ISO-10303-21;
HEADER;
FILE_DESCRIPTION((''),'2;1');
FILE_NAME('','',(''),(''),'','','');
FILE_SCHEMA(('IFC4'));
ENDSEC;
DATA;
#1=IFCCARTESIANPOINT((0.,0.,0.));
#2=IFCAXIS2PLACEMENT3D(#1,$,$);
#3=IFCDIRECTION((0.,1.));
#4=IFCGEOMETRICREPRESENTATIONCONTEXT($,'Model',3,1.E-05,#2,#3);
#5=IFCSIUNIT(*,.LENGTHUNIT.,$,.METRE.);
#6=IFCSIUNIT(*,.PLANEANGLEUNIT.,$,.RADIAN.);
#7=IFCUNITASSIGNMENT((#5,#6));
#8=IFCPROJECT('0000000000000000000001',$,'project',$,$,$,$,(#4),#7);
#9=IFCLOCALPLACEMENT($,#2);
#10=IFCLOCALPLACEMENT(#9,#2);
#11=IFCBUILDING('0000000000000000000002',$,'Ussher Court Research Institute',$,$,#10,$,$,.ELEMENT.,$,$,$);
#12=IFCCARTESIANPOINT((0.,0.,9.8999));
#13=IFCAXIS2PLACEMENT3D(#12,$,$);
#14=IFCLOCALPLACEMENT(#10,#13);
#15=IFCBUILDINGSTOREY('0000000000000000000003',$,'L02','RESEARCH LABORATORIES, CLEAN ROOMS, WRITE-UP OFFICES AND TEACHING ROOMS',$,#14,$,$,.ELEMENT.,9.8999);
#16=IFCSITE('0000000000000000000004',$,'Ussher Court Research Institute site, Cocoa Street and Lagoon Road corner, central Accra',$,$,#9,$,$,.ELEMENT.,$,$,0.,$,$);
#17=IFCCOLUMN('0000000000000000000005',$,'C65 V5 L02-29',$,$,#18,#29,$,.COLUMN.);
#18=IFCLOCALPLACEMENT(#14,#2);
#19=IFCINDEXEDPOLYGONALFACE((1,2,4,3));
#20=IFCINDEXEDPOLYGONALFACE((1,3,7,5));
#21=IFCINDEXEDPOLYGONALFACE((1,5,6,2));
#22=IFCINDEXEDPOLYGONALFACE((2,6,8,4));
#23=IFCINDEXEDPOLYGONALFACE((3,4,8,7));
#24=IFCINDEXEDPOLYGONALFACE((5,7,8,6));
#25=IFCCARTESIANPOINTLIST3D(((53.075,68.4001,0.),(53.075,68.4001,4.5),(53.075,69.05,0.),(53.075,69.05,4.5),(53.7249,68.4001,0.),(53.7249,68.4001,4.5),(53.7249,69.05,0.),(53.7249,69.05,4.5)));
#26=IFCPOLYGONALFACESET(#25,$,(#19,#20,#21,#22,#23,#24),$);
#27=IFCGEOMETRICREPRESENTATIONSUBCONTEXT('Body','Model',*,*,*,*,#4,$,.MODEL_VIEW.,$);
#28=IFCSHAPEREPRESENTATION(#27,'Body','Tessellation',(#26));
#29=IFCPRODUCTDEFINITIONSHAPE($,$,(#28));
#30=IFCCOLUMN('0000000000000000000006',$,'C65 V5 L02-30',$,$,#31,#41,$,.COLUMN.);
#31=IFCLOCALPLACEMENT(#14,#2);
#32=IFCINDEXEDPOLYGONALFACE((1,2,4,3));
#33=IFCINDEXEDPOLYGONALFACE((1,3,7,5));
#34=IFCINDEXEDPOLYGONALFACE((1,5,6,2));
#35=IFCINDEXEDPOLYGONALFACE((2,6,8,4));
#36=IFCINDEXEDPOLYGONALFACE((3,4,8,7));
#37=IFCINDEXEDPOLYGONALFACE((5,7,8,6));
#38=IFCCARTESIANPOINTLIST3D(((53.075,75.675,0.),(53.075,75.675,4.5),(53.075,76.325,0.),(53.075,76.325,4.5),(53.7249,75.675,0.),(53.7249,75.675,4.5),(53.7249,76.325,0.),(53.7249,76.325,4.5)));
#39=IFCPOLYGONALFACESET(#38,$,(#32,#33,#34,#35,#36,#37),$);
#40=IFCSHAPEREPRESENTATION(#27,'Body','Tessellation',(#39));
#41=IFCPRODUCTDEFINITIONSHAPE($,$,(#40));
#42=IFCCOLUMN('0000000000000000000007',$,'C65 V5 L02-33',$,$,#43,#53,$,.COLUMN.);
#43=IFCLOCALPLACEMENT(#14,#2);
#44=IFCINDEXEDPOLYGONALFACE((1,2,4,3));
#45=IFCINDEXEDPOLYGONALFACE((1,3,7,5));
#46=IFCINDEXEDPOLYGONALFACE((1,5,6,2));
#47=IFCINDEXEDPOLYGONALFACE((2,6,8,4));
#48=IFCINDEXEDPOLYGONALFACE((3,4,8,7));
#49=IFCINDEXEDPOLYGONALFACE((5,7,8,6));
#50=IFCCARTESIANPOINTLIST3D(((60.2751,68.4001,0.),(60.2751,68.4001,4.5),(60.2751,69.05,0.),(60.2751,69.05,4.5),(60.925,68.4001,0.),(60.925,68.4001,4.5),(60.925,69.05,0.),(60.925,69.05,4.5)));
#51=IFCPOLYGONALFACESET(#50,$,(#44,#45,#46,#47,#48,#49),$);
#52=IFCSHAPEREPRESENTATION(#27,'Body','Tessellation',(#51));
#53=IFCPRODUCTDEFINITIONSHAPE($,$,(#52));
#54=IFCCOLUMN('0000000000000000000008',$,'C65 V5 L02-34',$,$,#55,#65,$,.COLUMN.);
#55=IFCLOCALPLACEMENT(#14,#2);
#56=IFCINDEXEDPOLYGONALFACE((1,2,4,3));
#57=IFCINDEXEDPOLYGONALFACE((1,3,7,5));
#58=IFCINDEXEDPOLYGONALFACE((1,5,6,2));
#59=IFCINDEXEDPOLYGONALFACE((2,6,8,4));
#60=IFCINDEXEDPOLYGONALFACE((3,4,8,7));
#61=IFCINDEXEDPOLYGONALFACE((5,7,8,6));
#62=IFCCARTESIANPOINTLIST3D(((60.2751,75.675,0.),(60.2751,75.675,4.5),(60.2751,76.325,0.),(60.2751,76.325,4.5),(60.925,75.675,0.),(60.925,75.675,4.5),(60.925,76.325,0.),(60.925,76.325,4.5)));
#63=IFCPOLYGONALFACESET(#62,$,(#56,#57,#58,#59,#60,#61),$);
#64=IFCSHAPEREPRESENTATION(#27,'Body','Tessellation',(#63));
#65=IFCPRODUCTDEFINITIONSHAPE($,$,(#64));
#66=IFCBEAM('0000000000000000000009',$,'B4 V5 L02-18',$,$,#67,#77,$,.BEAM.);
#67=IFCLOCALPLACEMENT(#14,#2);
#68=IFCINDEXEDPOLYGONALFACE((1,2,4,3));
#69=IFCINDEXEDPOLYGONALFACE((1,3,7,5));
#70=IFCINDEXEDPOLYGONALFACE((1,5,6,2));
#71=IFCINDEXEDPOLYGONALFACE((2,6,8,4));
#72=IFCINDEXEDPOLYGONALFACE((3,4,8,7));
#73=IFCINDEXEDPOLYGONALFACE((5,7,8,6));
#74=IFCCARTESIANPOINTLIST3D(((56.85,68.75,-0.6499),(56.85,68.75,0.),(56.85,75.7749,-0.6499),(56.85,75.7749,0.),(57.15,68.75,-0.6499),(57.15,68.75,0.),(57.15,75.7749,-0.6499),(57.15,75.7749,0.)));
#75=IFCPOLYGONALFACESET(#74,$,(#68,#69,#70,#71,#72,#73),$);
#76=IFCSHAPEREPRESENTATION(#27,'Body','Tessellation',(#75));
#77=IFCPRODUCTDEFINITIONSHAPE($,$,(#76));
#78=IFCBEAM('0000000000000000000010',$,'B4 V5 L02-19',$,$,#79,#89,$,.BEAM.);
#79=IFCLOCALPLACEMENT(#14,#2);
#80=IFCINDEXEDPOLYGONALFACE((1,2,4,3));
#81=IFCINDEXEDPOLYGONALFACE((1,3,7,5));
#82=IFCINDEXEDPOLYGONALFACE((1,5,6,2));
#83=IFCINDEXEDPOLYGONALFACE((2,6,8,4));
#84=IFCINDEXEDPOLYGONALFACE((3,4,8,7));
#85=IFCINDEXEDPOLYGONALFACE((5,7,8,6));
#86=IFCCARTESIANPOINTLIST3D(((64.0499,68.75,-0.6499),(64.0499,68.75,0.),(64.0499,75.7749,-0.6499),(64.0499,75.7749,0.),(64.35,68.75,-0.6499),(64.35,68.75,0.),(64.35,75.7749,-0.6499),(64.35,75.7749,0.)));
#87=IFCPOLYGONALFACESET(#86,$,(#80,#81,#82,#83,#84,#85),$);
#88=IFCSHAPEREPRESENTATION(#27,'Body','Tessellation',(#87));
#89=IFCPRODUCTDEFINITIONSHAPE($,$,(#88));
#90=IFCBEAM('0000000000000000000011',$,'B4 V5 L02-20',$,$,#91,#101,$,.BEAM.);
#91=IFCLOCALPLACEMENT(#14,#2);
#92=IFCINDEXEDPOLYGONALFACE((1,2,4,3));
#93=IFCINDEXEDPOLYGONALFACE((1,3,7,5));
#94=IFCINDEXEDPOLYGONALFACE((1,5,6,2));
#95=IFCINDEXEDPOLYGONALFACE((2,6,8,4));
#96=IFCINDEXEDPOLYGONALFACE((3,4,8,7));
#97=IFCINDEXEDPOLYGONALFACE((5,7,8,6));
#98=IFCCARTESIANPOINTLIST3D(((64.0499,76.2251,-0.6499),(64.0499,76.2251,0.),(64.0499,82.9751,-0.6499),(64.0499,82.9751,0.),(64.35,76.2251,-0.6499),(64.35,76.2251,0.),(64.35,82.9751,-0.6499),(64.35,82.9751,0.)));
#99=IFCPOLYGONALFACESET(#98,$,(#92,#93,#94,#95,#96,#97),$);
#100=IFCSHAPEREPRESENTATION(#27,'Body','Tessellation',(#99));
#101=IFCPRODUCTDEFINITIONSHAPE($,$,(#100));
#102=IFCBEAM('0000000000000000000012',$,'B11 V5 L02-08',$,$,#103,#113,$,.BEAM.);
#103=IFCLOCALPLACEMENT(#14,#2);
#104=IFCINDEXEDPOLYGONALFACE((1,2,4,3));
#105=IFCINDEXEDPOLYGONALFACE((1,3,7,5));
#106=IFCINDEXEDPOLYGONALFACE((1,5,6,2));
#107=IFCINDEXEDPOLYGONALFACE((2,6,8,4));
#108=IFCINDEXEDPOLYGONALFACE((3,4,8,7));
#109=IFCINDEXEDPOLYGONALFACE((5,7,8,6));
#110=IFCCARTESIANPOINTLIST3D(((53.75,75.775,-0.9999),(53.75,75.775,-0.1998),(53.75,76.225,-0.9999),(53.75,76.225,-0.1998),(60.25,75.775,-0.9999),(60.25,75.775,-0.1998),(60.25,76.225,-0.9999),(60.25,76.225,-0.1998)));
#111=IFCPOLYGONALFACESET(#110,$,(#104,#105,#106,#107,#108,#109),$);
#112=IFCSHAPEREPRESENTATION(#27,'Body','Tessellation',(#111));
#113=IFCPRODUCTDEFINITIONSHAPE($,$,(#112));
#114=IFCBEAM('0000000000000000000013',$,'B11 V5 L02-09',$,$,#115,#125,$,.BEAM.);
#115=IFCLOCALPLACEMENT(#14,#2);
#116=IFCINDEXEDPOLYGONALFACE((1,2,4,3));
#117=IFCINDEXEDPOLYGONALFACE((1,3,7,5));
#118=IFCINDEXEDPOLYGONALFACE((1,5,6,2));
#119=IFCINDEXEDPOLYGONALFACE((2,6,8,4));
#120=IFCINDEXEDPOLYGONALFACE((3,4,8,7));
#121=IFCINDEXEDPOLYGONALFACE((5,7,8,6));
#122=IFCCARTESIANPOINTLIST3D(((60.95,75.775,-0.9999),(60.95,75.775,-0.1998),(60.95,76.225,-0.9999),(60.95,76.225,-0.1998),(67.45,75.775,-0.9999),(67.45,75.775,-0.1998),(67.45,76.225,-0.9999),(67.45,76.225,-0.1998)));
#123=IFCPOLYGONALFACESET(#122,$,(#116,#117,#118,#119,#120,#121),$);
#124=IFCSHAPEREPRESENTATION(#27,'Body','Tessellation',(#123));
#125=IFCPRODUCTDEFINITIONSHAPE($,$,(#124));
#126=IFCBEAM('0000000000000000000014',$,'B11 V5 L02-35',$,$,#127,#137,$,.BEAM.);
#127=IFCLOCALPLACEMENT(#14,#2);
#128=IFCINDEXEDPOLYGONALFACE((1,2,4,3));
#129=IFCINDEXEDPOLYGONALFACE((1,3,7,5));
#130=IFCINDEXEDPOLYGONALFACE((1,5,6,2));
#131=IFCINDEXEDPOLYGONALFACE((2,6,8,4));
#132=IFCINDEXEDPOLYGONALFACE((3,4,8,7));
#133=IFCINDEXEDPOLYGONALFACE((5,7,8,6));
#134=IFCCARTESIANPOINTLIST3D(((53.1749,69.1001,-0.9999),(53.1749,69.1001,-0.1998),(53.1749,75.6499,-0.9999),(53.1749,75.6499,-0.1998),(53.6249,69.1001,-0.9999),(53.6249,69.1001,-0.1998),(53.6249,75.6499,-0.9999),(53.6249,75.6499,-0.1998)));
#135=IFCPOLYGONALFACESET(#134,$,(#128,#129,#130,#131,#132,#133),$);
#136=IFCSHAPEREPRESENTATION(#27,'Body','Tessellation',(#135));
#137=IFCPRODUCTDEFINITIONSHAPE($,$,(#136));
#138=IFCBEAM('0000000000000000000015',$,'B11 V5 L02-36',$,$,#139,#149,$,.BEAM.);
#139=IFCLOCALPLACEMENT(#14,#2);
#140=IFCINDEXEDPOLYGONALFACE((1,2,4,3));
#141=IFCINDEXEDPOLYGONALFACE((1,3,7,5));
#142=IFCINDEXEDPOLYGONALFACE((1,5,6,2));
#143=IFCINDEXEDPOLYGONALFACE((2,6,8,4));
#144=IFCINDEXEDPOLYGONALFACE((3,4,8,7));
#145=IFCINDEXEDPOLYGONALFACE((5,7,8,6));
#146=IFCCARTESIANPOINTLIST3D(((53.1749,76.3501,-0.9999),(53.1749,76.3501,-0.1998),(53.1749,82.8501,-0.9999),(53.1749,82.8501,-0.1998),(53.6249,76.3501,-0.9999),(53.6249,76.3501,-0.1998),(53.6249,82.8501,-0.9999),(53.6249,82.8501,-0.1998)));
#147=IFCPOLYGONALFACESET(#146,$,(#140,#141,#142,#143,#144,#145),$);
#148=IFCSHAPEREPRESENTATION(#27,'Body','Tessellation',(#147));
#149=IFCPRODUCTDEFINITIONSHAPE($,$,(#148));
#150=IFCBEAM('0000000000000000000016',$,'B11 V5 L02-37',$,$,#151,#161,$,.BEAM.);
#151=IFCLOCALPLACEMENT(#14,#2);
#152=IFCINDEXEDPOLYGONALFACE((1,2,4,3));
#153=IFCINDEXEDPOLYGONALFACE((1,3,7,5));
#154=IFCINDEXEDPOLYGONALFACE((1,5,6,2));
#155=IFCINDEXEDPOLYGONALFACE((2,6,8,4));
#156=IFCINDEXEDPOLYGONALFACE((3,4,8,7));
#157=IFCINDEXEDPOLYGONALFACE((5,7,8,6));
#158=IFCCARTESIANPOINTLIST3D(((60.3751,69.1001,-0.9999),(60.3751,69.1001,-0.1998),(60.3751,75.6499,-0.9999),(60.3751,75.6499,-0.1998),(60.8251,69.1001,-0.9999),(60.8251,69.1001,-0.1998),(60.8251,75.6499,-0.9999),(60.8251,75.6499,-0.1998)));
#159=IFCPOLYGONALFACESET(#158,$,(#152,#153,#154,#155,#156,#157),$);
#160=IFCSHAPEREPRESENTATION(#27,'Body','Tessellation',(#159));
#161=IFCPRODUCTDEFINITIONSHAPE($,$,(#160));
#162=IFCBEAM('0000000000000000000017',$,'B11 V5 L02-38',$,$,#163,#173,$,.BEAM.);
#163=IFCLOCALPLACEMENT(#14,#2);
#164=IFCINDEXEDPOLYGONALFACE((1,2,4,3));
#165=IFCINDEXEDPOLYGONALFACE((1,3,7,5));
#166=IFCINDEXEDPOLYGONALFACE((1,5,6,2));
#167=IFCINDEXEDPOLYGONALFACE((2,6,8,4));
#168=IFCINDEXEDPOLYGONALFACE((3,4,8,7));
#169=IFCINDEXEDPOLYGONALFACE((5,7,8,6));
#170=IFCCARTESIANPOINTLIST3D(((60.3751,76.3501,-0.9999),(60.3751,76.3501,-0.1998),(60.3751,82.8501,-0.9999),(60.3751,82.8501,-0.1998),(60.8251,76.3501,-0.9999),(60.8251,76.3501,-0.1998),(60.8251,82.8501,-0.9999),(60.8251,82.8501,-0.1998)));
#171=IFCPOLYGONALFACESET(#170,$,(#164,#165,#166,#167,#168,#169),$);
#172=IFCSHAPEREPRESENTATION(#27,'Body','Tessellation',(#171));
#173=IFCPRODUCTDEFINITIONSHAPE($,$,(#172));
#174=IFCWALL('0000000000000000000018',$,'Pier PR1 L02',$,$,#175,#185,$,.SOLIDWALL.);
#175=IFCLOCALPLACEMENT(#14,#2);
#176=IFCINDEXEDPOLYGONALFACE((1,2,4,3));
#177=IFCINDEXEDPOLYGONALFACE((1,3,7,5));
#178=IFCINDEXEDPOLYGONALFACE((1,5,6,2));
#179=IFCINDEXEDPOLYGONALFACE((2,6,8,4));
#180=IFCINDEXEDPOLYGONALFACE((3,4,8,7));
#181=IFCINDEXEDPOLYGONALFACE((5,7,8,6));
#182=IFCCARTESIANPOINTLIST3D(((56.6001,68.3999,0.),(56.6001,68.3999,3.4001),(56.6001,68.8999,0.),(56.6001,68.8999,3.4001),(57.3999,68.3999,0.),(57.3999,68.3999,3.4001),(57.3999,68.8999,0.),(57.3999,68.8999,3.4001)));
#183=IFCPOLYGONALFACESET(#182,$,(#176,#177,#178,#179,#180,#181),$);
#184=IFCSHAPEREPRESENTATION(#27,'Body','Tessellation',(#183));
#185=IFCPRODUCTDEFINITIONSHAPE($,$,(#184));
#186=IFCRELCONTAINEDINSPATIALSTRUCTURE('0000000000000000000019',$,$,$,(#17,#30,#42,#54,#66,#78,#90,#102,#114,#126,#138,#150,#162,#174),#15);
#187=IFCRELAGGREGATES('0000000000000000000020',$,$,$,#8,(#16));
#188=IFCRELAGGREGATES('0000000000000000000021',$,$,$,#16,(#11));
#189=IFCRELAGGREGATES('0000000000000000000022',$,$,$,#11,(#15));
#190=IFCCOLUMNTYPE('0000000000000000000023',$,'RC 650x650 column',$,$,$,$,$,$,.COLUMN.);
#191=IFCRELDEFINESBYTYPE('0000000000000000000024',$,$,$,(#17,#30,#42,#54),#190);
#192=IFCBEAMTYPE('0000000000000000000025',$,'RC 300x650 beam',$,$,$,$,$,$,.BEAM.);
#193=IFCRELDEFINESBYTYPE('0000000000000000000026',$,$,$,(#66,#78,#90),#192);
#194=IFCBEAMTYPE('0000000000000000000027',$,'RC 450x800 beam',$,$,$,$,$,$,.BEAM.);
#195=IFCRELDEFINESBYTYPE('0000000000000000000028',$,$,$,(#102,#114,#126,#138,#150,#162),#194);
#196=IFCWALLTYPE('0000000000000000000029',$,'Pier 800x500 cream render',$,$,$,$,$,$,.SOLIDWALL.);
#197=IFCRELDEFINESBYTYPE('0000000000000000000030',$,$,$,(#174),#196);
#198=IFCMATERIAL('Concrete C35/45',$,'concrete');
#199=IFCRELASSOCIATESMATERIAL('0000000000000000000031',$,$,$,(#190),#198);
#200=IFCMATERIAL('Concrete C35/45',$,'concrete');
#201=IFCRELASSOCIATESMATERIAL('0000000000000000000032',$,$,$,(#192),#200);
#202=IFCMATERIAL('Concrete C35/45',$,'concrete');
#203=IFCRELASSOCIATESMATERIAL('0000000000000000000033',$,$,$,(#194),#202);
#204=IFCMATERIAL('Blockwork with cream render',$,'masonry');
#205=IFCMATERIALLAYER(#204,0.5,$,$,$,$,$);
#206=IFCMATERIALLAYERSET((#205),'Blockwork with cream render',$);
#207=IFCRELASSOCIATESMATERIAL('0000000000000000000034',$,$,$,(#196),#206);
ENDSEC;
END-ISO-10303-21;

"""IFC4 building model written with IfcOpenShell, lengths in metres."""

from ifc_helpers import new_model, si_unit, direction, frame, frame_2d, origin, origin_2d, place, context, subcontext, project, spatial, rectangle, extrude, material, layer, layer_set, material_profile, profile_set, type_object, element, save


model = new_model("IFC4")

# Units and contexts
model_context = context("Model", 3, precision=1e-05, world=origin(), true_north=direction((0.0, 1.0)))
body_context = subcontext(model_context, "Body", "Model", "MODEL_VIEW")
ifc_project = project(units=[si_unit("LENGTHUNIT", "METRE"), si_unit("PLANEANGLEUNIT", "RADIAN")], contexts=[model_context])

# Site, building, storey
site_placement = place(None, origin())
site = spatial("IfcSite", under=ifc_project, at=site_placement, Name="Ussher Court Research Institute site, Cocoa Street and Lagoon Road corner, central Accra", CompositionType="ELEMENT", RefElevation=0.0)
building_placement = place(site_placement, origin())
building = spatial("IfcBuilding", under=site, at=building_placement, Name="Ussher Court Research Institute", CompositionType="ELEMENT")
storey_placement = place(building_placement, frame((0.0, 0.0, 9.8999)))
storey = spatial("IfcBuildingStorey", under=building, at=storey_placement, Name="L02", Description="RESEARCH LABORATORIES, CLEAN ROOMS, WRITE-UP OFFICES AND TEACHING ROOMS", CompositionType="ELEMENT", Elevation=9.8999)

# Columns
ifc_material_1 = material(Name="Concrete C35/45", Category="concrete")
ifc_material_profile_1 = material_profile(ifc_material_1, rectangle(XDim=0.6499, YDim=0.6499, at=origin_2d()), Name="RC 650x650")
ifc_profile_set_1 = profile_set([ifc_material_profile_1], Name="Concrete C35/45")
column_type = type_object("IfcColumnType", Name="RC 650x650 column", PredefinedType="COLUMN", material=ifc_profile_set_1)
for number, where, z_axis, x_axis, name in (
    (1, (53.3999, 68.7251, 0.0), (0.0, 0.0, 1.0), (1.0, 0.0, 0.0), "C65 V5 L02-29"),
    (2, (53.3999, 76.0, 0.0), (0.0, 0.0, 1.0), (1.0, 0.0, 0.0), "C65 V5 L02-30"),
    (3, (60.6001, 68.7251, 0.0), (0.0, 0.0, 1.0), (1.0, 0.0, 0.0), "C65 V5 L02-33"),
    (4, (60.6001, 76.0, 0.0), (0.0, 0.0, 1.0), (1.0, 0.0, 0.0), "C65 V5 L02-34"),
):
    element("IfcColumn", number, at=place(storey_placement, frame(where, z_axis=z_axis, x_axis=x_axis)), inside=storey, type_object=column_type, Name=name, PredefinedType="COLUMN", context=body_context, shape_type="SweptSolid", body=[
        extrude(rectangle(XDim=0.6499, YDim=0.6499, at=origin_2d()), origin(), (0.0, 0.0, 1.0), 4.5),
    ])

# Beams
ifc_material_2 = material(Name="Concrete C35/45", Category="concrete")
ifc_material_profile_2 = material_profile(ifc_material_2, rectangle(XDim=0.3, YDim=0.6499, at=origin_2d()), Name="RC 300x650")
ifc_profile_set_2 = profile_set([ifc_material_profile_2], Name="Concrete C35/45")
beam_type_1 = type_object("IfcBeamType", Name="RC 300x650 beam", PredefinedType="BEAM", material=ifc_profile_set_2)
for number, where, z_axis, x_axis, name in (
    (5, (57.0, 68.75, -0.325), (0.0, 1.0, 0.0), (-1.0, 0.0, 0.0), "B4 V5 L02-18"),
    (6, (64.2, 68.75, -0.325), (0.0, 1.0, 0.0), (-1.0, 0.0, 0.0), "B4 V5 L02-19"),
):
    element("IfcBeam", number, at=place(storey_placement, frame(where, z_axis=z_axis, x_axis=x_axis)), inside=storey, type_object=beam_type_1, Name=name, PredefinedType="BEAM", context=body_context, shape_type="SweptSolid", body=[
        extrude(rectangle(XDim=0.3, YDim=0.6499, at=origin_2d()), origin(), (0.0, 0.0, 1.0), 7.0249),
    ])
beam_1_placement = place(storey_placement, frame((64.2, 76.2251, -0.325), z_axis=(0.0, 1.0, 0.0), x_axis=(-1.0, 0.0, 0.0)))
element("IfcBeam", 7, at=beam_1_placement, inside=storey, type_object=beam_type_1, Name="B4 V5 L02-20", PredefinedType="BEAM", context=body_context, shape_type="SweptSolid", body=[
    extrude(rectangle(XDim=0.3, YDim=0.6499, at=origin_2d()), origin(), (0.0, 0.0, 1.0), 6.75),
])
ifc_material_3 = material(Name="Concrete C35/45", Category="concrete")
ifc_material_profile_3 = material_profile(ifc_material_3, rectangle(XDim=0.45, YDim=0.8, at=origin_2d()), Name="RC 450x800")
ifc_profile_set_3 = profile_set([ifc_material_profile_3], Name="Concrete C35/45")
beam_type_2 = type_object("IfcBeamType", Name="RC 450x800 beam", PredefinedType="BEAM", material=ifc_profile_set_3)
for number, where, z_axis, x_axis, name in (
    (8, (53.75, 76.0, -0.5999), (1.0, 0.0, 0.0), (0.0, 1.0, 0.0), "B11 V5 L02-08"),
    (9, (60.95, 76.0, -0.5999), (1.0, 0.0, 0.0), (0.0, 1.0, 0.0), "B11 V5 L02-09"),
):
    element("IfcBeam", number, at=place(storey_placement, frame(where, z_axis=z_axis, x_axis=x_axis)), inside=storey, type_object=beam_type_2, Name=name, PredefinedType="BEAM", context=body_context, shape_type="SweptSolid", body=[
        extrude(rectangle(XDim=0.45, YDim=0.8, at=origin_2d()), origin(), (0.0, 0.0, 1.0), 6.5),
    ])
beam_2_placement = place(storey_placement, frame((53.3999, 69.1001, -0.5999), z_axis=(0.0, 1.0, 0.0), x_axis=(-1.0, 0.0, 0.0)))
element("IfcBeam", 10, at=beam_2_placement, inside=storey, type_object=beam_type_2, Name="B11 V5 L02-35", PredefinedType="BEAM", context=body_context, shape_type="SweptSolid", body=[
    extrude(rectangle(XDim=0.45, YDim=0.8, at=origin_2d()), origin(), (0.0, 0.0, 1.0), 6.5498),
])
beam_3_placement = place(storey_placement, frame((53.3999, 76.3501, -0.5999), z_axis=(0.0, 1.0, 0.0), x_axis=(-1.0, 0.0, 0.0)))
element("IfcBeam", 11, at=beam_3_placement, inside=storey, type_object=beam_type_2, Name="B11 V5 L02-36", PredefinedType="BEAM", context=body_context, shape_type="SweptSolid", body=[
    extrude(rectangle(XDim=0.45, YDim=0.8, at=origin_2d()), origin(), (0.0, 0.0, 1.0), 6.5),
])
beam_4_placement = place(storey_placement, frame((60.6001, 69.1001, -0.5999), z_axis=(0.0, 1.0, 0.0), x_axis=(-1.0, 0.0, 0.0)))
element("IfcBeam", 12, at=beam_4_placement, inside=storey, type_object=beam_type_2, Name="B11 V5 L02-37", PredefinedType="BEAM", context=body_context, shape_type="SweptSolid", body=[
    extrude(rectangle(XDim=0.45, YDim=0.8, at=origin_2d()), origin(), (0.0, 0.0, 1.0), 6.5498),
])
beam_5_placement = place(storey_placement, frame((60.6001, 76.3501, -0.5999), z_axis=(0.0, 1.0, 0.0), x_axis=(-1.0, 0.0, 0.0)))
element("IfcBeam", 13, at=beam_5_placement, inside=storey, type_object=beam_type_2, Name="B11 V5 L02-38", PredefinedType="BEAM", context=body_context, shape_type="SweptSolid", body=[
    extrude(rectangle(XDim=0.45, YDim=0.8, at=origin_2d()), origin(), (0.0, 0.0, 1.0), 6.5),
])

# Wall
ifc_material_4 = material(Name="Blockwork with cream render", Category="masonry")
ifc_layer = layer(ifc_material_4, 0.5)
ifc_layer_set = layer_set([ifc_layer], Name="Blockwork with cream render")
wall_type = type_object("IfcWallType", Name="Pier 800x500 cream render", PredefinedType="SOLIDWALL", material=ifc_layer_set)
wall_placement = place(storey_placement, frame((57.3999, 68.6499, 0.0), z_axis=(0.0, 0.0, 1.0), x_axis=(-1.0, 0.0, 0.0)))
element("IfcWall", 14, at=wall_placement, inside=storey, type_object=wall_type, Name="Pier PR1 L02", PredefinedType="SOLIDWALL", context=body_context, shape_type="SweptSolid", body=[
    extrude(rectangle(XDim=0.7998, YDim=0.5, at=frame_2d((0.3999, 0.0))), origin(), (0.0, 0.0, 1.0), 3.4001),
])

save(model, "model.ifc")
